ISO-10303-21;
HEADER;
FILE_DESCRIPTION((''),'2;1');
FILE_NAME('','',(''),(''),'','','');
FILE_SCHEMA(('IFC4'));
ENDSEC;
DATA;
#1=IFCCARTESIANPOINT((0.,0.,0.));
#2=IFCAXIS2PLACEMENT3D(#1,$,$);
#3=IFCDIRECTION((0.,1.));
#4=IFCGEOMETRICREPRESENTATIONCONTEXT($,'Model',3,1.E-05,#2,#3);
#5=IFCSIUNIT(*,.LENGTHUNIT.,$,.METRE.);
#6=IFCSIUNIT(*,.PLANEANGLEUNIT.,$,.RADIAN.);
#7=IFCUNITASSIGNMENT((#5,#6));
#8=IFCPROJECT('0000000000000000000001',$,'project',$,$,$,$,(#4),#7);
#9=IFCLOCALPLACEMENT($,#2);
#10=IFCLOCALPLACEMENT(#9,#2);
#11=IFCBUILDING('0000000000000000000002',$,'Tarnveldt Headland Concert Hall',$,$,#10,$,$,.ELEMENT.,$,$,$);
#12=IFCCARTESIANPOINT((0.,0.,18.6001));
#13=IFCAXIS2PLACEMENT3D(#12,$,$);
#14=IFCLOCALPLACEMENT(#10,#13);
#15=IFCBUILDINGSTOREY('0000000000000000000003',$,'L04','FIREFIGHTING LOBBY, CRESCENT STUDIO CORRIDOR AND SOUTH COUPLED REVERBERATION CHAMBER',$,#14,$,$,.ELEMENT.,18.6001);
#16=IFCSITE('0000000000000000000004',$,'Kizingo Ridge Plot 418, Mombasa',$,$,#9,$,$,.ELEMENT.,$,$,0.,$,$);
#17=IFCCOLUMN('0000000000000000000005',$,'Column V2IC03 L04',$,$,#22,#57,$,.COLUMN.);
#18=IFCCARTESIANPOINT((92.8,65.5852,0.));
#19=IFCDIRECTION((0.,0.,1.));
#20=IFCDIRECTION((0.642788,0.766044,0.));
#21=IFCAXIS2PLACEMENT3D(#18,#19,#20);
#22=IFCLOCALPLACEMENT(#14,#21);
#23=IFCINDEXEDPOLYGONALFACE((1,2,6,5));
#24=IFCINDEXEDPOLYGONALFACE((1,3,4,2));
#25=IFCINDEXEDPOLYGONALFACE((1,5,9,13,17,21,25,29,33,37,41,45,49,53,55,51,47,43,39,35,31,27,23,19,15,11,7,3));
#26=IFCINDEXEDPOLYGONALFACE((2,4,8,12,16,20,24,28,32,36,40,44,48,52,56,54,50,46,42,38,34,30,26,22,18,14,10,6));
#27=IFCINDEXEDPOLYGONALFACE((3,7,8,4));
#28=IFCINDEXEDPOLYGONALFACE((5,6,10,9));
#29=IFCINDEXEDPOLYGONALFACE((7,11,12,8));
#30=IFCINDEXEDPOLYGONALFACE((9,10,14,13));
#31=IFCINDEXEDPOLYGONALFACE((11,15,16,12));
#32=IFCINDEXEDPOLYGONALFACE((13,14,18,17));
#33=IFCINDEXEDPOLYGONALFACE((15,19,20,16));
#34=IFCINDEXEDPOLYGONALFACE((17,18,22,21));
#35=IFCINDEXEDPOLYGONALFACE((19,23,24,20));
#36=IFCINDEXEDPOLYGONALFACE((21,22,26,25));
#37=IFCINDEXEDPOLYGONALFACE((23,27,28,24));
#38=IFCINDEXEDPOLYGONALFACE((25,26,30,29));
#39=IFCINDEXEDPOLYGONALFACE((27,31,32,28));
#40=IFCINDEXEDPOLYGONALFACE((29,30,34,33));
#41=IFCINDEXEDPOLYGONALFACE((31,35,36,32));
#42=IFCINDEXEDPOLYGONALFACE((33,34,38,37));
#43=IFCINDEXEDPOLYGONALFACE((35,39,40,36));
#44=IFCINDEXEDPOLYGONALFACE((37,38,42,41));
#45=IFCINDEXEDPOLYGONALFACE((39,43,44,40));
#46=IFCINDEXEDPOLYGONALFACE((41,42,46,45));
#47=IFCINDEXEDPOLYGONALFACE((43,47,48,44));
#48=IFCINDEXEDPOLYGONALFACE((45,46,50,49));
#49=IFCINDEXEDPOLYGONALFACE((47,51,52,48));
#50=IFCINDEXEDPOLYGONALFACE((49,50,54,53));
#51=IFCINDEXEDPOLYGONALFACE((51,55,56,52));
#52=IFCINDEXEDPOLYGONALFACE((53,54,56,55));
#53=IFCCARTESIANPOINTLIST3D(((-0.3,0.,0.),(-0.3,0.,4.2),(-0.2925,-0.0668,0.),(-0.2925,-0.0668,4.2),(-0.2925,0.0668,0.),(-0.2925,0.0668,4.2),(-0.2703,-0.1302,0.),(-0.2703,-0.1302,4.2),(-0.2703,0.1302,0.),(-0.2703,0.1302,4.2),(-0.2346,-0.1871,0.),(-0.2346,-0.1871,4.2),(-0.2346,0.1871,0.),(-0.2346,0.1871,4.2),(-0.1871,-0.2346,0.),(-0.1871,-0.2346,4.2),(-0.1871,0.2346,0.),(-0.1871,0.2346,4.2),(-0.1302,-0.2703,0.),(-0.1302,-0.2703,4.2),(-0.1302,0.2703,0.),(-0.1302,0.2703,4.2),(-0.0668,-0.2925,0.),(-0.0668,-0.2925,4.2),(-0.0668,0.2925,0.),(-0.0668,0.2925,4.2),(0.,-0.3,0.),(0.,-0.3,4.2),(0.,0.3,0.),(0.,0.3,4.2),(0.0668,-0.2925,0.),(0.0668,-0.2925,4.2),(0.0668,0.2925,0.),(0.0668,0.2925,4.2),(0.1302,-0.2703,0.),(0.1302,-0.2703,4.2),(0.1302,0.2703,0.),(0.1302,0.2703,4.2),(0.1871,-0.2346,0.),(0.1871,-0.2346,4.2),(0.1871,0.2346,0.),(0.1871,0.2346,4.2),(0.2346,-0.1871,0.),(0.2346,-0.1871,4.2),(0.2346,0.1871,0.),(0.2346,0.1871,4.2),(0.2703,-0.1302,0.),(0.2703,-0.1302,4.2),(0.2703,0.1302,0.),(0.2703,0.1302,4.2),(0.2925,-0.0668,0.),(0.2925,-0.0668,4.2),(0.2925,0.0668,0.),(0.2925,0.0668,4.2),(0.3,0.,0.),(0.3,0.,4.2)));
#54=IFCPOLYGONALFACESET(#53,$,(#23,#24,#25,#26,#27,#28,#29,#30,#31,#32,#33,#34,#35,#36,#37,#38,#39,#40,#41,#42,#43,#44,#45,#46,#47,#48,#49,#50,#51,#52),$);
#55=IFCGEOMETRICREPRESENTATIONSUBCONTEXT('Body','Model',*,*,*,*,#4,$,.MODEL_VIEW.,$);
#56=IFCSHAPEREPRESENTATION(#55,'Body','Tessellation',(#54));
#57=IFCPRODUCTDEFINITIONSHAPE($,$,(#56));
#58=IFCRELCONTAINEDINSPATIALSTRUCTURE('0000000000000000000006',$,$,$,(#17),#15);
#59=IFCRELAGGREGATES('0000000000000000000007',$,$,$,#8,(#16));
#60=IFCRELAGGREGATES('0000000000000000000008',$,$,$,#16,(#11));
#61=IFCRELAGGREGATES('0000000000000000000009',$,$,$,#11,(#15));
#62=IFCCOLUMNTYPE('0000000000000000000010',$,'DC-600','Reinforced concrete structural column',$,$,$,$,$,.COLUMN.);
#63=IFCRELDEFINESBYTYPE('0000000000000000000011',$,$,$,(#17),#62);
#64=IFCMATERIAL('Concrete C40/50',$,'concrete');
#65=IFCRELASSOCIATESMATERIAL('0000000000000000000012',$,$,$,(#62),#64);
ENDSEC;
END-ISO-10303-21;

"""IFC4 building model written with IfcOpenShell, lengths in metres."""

from ifc_helpers import new_model, si_unit, direction, frame, origin, origin_2d, place, context, subcontext, project, spatial, circle, extrude, material, material_profile, profile_set, type_object, element, save


model = new_model("IFC4")

# Units and contexts
model_context = context("Model", 3, precision=1e-05, world=origin(), true_north=direction((0.0, 1.0)))
body_context = subcontext(model_context, "Body", "Model", "MODEL_VIEW")
ifc_project = project(units=[si_unit("LENGTHUNIT", "METRE"), si_unit("PLANEANGLEUNIT", "RADIAN")], contexts=[model_context])

# Site, building, storey
site_placement = place(None, origin())
site = spatial("IfcSite", under=ifc_project, at=site_placement, Name="Kizingo Ridge Plot 418, Mombasa", CompositionType="ELEMENT", RefElevation=0.0)
building_placement = place(site_placement, origin())
building = spatial("IfcBuilding", under=site, at=building_placement, Name="Tarnveldt Headland Concert Hall", CompositionType="ELEMENT")
storey_placement = place(building_placement, frame((0.0, 0.0, 18.6001)))
storey = spatial("IfcBuildingStorey", under=building, at=storey_placement, Name="L04", Description="FIREFIGHTING LOBBY, CRESCENT STUDIO CORRIDOR AND SOUTH COUPLED REVERBERATION CHAMBER", CompositionType="ELEMENT", Elevation=18.6001)

# Column
ifc_material_1 = material(Name="Concrete C40/50", Category="concrete")
ifc_material_profile_1 = material_profile(ifc_material_1, circle(Radius=0.3, at=origin_2d()), Name="RC D600", Category="concrete")
ifc_profile_set_1 = profile_set([ifc_material_profile_1], Name="Concrete C40/50")
column_type_1 = type_object("IfcColumnType", Name="DC-600", Description="Reinforced concrete structural column", PredefinedType="COLUMN", material=ifc_profile_set_1)
column_placement = place(storey_placement, frame((92.8, 65.5852, 0.0), z_axis=(0.0, 0.0, 1.0), x_axis=(0.642788, 0.766044, 0.0)))
element("IfcColumn", 1, at=column_placement, inside=storey, type_object=column_type_1, Name="Column V2IC03 L04", PredefinedType="COLUMN", context=body_context, shape_type="SweptSolid", body=[
    extrude(circle(Radius=0.3, at=origin_2d()), origin(), (0.0, 0.0, 1.0), 4.2),
])

save(model, "model.ifc")
